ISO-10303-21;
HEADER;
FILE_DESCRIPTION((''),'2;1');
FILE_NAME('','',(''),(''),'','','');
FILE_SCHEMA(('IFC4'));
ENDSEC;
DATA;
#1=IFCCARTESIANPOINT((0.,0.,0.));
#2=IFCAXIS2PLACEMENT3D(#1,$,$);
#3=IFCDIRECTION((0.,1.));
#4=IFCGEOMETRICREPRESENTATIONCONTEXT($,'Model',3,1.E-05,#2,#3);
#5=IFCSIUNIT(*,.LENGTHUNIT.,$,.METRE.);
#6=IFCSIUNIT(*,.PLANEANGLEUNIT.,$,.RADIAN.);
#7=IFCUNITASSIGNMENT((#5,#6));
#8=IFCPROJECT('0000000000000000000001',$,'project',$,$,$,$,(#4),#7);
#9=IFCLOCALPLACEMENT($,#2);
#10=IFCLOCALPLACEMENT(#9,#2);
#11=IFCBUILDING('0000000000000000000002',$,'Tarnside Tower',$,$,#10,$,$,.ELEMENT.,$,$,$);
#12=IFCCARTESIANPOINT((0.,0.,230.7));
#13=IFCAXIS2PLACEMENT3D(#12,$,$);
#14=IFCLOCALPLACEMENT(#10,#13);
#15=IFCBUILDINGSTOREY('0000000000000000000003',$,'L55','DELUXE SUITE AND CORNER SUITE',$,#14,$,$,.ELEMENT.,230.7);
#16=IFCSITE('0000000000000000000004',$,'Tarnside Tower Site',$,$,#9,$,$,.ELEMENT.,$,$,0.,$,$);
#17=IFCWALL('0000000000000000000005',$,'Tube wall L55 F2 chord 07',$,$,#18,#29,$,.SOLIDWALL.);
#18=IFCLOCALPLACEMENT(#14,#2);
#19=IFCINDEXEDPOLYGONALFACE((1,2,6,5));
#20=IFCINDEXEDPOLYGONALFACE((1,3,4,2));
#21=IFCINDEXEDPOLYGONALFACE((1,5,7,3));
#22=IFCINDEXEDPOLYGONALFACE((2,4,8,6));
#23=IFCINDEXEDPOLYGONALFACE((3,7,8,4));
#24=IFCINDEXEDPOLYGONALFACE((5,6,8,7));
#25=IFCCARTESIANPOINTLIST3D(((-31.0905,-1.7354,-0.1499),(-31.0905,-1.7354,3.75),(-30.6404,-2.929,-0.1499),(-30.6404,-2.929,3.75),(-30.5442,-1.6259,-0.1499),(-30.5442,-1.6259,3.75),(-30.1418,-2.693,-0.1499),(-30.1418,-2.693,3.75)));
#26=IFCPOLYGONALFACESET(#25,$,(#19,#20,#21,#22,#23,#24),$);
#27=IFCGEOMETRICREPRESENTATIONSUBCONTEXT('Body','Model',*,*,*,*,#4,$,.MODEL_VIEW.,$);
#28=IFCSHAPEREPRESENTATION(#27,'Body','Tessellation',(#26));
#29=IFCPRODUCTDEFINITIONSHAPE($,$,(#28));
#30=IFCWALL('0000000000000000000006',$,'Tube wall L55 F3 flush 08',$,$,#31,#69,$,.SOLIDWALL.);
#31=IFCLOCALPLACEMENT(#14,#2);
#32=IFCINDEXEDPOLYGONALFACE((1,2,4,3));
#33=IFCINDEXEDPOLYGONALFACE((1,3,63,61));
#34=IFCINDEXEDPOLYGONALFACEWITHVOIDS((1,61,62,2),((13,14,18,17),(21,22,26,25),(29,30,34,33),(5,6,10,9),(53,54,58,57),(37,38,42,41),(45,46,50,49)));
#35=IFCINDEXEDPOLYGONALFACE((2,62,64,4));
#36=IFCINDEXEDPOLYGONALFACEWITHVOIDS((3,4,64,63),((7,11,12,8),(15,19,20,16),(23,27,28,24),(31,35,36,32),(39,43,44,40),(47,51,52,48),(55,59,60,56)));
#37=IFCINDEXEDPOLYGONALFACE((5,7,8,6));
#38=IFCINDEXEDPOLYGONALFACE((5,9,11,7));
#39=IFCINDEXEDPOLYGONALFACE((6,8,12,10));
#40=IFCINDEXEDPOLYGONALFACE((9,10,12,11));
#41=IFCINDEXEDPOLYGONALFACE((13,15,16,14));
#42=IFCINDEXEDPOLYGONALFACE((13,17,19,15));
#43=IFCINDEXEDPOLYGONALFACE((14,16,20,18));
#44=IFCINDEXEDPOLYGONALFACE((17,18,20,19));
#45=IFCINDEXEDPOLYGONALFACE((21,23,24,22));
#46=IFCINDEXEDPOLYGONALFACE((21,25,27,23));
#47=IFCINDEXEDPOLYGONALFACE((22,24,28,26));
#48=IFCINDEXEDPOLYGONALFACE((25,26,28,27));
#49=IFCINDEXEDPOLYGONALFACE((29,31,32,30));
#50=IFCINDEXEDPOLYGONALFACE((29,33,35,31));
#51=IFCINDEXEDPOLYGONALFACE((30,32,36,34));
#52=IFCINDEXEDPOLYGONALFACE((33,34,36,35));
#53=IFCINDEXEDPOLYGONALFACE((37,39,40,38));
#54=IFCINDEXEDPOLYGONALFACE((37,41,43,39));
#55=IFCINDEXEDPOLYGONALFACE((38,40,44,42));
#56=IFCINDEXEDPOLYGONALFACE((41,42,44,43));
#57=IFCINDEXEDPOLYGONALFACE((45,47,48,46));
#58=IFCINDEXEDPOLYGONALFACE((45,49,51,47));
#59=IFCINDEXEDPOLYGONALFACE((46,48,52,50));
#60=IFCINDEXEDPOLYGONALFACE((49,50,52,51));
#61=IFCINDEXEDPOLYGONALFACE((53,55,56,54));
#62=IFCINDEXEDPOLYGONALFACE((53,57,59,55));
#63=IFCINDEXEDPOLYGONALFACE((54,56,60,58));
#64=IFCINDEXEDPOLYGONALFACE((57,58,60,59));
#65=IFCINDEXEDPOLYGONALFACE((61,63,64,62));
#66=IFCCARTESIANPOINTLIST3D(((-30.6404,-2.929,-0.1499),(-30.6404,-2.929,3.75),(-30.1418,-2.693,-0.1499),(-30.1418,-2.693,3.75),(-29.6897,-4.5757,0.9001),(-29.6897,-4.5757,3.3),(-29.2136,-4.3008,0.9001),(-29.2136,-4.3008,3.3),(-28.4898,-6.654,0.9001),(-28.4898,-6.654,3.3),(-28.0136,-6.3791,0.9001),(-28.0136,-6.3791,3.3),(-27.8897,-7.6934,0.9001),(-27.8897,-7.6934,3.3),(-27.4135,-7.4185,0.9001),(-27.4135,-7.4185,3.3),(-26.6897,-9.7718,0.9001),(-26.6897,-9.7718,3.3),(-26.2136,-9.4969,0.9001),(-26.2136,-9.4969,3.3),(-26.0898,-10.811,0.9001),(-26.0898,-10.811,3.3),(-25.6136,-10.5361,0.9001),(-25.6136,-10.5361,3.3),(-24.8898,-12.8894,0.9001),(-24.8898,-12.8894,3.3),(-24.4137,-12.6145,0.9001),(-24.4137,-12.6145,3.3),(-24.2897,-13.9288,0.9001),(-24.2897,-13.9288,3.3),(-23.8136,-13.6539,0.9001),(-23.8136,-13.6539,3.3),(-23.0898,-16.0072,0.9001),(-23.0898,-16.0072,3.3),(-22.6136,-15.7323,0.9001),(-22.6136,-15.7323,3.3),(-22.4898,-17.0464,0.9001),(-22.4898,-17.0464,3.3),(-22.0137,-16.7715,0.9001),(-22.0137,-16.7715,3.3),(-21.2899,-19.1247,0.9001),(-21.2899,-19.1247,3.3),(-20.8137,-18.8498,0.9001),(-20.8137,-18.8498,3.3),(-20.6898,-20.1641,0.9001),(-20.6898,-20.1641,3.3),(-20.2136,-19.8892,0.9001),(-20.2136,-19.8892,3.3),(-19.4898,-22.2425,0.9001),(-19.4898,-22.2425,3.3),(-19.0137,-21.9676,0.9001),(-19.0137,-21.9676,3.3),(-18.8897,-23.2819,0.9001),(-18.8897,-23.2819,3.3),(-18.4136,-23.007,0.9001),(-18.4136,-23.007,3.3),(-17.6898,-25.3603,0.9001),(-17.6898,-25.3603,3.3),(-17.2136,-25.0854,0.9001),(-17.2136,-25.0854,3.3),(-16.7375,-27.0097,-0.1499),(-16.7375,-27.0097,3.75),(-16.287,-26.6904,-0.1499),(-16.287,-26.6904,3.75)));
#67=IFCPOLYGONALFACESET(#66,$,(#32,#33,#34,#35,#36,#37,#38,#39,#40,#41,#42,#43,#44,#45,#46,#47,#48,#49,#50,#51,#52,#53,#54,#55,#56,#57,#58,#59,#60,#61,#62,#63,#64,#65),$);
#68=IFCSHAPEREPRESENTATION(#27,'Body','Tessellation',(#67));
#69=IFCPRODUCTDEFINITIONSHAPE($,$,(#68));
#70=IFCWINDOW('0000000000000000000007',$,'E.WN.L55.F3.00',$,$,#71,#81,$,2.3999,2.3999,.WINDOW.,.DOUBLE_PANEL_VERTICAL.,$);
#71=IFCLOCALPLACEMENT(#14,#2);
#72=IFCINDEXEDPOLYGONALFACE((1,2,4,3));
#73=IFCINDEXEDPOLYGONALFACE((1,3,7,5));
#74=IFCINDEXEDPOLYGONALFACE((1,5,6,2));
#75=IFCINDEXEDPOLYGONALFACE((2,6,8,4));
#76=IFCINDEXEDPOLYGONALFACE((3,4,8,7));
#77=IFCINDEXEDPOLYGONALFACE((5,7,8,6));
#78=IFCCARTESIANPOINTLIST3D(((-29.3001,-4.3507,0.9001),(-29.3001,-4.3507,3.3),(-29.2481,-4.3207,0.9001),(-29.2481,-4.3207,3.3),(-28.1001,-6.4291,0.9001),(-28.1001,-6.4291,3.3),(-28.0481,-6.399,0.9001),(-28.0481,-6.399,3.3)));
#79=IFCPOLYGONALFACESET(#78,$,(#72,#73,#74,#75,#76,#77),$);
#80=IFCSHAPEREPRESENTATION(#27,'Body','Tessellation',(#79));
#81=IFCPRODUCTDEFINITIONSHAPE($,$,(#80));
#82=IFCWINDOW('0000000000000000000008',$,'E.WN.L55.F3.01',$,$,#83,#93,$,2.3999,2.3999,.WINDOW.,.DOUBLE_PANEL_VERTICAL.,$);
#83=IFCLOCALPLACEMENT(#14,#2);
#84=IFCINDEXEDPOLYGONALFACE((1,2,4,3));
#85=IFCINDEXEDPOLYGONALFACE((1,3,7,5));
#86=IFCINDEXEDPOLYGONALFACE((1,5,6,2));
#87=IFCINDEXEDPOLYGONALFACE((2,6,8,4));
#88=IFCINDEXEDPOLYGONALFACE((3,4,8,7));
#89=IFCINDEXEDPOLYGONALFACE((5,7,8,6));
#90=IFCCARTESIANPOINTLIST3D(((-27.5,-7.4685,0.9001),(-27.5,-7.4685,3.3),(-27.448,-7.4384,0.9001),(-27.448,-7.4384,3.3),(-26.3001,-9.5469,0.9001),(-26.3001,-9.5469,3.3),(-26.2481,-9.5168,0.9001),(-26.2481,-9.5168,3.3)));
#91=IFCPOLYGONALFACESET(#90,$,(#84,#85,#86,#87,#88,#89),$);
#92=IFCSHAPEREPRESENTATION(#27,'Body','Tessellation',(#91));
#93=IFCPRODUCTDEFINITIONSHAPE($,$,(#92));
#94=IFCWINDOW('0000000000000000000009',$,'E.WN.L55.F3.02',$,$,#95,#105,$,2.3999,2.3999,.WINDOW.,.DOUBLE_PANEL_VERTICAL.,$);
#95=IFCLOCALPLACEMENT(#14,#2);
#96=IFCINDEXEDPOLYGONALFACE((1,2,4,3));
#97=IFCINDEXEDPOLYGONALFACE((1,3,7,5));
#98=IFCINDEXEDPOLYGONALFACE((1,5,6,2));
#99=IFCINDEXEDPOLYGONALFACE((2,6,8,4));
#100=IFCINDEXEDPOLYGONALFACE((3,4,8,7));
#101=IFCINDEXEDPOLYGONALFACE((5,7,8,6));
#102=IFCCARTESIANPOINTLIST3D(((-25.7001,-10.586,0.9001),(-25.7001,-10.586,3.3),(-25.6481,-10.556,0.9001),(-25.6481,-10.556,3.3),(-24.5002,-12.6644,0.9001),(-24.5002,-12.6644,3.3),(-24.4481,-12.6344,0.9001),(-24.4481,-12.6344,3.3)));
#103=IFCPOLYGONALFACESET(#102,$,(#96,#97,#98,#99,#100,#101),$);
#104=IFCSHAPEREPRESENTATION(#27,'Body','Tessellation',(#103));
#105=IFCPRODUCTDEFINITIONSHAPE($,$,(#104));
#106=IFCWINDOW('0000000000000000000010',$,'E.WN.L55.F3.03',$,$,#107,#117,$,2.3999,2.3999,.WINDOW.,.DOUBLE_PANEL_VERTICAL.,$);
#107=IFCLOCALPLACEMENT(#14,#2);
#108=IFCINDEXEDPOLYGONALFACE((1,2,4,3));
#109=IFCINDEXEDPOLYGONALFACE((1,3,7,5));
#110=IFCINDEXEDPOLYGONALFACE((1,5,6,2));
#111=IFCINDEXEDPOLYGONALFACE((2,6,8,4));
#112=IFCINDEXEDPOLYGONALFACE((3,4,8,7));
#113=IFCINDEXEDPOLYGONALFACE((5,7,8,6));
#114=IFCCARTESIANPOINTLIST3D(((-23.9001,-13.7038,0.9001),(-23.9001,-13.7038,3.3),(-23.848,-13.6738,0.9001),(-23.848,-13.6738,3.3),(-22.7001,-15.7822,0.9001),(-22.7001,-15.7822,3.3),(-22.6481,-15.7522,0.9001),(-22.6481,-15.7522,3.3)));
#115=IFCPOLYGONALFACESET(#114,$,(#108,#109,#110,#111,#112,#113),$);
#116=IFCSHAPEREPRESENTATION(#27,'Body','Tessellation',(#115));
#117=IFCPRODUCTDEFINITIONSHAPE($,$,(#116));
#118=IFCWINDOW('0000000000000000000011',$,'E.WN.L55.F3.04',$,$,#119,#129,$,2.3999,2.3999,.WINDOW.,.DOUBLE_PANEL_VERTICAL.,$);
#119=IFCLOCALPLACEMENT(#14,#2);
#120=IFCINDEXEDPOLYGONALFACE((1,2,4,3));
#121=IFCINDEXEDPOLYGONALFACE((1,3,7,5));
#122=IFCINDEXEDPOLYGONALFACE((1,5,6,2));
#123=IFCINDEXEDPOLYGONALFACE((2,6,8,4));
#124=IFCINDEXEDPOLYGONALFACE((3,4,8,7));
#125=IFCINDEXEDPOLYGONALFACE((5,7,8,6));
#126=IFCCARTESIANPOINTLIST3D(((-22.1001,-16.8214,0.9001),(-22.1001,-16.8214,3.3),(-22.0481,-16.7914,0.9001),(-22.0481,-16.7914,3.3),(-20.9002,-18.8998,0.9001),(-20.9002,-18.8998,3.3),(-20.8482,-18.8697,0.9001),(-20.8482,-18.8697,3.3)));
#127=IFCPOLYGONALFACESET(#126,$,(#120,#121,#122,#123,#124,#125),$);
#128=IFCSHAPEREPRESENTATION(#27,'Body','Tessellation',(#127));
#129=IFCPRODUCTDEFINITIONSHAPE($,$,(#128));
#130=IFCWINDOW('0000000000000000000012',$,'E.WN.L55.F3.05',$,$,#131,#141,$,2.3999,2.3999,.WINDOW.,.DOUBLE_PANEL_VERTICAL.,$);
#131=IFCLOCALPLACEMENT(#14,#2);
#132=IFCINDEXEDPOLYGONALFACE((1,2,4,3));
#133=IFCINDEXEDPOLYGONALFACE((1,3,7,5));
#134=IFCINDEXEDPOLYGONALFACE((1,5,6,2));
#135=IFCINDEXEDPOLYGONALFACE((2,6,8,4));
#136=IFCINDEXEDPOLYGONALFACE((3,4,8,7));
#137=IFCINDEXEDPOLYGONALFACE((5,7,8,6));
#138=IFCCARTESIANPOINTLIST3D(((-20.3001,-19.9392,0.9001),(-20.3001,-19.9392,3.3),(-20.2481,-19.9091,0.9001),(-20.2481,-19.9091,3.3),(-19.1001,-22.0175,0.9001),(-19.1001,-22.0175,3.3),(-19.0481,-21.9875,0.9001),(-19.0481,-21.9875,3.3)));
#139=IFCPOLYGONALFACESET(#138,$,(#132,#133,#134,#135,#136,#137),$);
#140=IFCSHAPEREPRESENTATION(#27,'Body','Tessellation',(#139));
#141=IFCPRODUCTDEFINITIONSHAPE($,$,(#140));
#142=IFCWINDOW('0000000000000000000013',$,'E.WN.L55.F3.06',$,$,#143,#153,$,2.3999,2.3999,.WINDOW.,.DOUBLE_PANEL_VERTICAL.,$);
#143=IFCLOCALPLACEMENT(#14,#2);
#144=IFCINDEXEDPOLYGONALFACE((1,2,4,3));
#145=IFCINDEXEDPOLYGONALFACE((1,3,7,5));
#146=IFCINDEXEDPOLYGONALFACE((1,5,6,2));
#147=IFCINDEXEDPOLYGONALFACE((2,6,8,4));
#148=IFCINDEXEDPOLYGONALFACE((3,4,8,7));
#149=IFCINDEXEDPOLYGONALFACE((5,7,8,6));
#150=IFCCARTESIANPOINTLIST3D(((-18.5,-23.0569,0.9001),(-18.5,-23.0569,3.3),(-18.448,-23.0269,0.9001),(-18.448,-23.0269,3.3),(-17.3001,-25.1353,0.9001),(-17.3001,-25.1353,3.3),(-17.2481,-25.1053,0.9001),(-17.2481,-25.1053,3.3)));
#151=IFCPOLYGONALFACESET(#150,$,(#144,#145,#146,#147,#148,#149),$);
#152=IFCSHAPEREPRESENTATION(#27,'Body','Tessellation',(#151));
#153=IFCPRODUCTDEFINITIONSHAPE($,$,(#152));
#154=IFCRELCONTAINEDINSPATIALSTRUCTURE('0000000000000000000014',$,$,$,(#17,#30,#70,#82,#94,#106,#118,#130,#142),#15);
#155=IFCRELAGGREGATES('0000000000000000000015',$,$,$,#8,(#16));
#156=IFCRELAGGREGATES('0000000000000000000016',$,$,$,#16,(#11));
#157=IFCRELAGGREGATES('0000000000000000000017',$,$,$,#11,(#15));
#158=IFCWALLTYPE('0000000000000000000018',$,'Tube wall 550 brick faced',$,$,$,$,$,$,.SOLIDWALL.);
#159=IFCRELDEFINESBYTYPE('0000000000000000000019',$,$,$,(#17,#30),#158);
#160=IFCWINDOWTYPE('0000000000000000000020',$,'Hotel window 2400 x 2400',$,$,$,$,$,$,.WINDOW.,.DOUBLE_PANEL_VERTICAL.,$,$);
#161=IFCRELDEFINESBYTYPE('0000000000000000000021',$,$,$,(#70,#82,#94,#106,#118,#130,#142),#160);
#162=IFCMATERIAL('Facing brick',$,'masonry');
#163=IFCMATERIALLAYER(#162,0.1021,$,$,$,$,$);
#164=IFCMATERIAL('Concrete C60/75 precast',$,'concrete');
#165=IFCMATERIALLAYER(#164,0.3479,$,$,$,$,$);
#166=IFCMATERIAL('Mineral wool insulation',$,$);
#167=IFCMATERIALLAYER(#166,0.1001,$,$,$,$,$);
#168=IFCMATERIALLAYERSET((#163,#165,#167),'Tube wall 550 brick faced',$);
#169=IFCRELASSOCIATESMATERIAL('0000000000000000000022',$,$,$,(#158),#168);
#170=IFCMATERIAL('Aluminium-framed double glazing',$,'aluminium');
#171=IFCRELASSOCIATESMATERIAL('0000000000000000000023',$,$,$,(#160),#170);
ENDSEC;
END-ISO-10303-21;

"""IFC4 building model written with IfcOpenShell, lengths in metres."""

from ifc_helpers import new_model, si_unit, direction, frame, frame_2d, origin, place, context, subcontext, project, spatial, polyline, rectangle, outline, extrude, material, layer, layer_set, type_object, element, fill, save


model = new_model("IFC4")

# Units and contexts
model_context = context("Model", 3, precision=1e-05, world=origin(), true_north=direction((0.0, 1.0)))
body_context = subcontext(model_context, "Body", "Model", "MODEL_VIEW")
ifc_project = project(units=[si_unit("LENGTHUNIT", "METRE"), si_unit("PLANEANGLEUNIT", "RADIAN")], contexts=[model_context])

# Site, building, storey
site_placement = place(None, origin())
site = spatial("IfcSite", under=ifc_project, at=site_placement, Name="Tarnside Tower Site", CompositionType="ELEMENT", RefElevation=0.0)
building_placement = place(site_placement, origin())
building = spatial("IfcBuilding", under=site, at=building_placement, Name="Tarnside Tower", CompositionType="ELEMENT")
storey_placement = place(building_placement, frame((0.0, 0.0, 230.7)))
storey = spatial("IfcBuildingStorey", under=building, at=storey_placement, Name="L55", Description="DELUXE SUITE AND CORNER SUITE", CompositionType="ELEMENT", Elevation=230.7)

# Wall
ifc_material_1 = material(Name="Facing brick", Category="masonry")
ifc_layer_1 = layer(ifc_material_1, 0.1021)
ifc_material_2 = material(Name="Concrete C60/75 precast", Category="concrete")
ifc_layer_2 = layer(ifc_material_2, 0.3479)
ifc_material_3 = material(Name="Mineral wool insulation")
ifc_layer_3 = layer(ifc_material_3, 0.1001)
ifc_layer_set_1 = layer_set([ifc_layer_1, ifc_layer_2, ifc_layer_3], Name="Tube wall 550 brick faced")
wall_type_1 = type_object("IfcWallType", Name="Tube wall 550 brick faced", PredefinedType="SOLIDWALL", material=ifc_layer_set_1)
wall_1_placement = place(storey_placement, frame((-30.8174, -1.6807, -0.1499), z_axis=(0.0, 0.0, 1.0), x_axis=(0.35285, -0.93568, 0.0)))
element("IfcWall", 1, at=wall_1_placement, inside=storey, type_object=wall_type_1, Name="Tube wall L55 F2 chord 07", PredefinedType="SOLIDWALL", context=body_context, shape_type="SweptSolid", body=[
    extrude(outline(polyline([(-0.0452, -0.2749), (1.2305, -0.2749), (1.1855, 0.2749), (0.0452, 0.2749), (-0.0452, -0.2749)])), origin(), (0.0, 0.0, 1.0), 3.8999),
])

# Wall, openings, windows
wall_2_placement = place(storey_placement, frame((-30.3911, -2.811, -0.1499), z_axis=(0.0, 0.0, 1.0), x_axis=(0.499999, -0.866026, 0.0)))
wall_2 = element("IfcWall", 2, at=wall_2_placement, inside=storey, type_object=wall_type_1, Name="Tube wall L55 F3 flush 08", PredefinedType="SOLIDWALL", context=body_context, shape_type="SweptSolid", body=[
    extrude(outline(polyline([(-0.0225, -0.2749), (27.7834, -0.2749), (27.7322, 0.2749), (0.0225, 0.2749), (-0.0225, -0.2749)])), origin(), (0.0, 0.0, 1.0), 3.8999),
])
opening_1_placement = place(wall_2_placement, frame((1.8789, 0.0, 1.05)))
opening_1 = element("IfcOpeningElement", 3, at=opening_1_placement, cuts=wall_2, PredefinedType="OPENING", context=body_context, shape_type="SweptSolid", body=[
    extrude(rectangle(XDim=2.3999, YDim=2.3999, at=frame_2d((1.2, 1.2))), frame((0.0, 0.2852, 0.0), z_axis=(0.0, -1.0, 0.0), x_axis=(1.0, 0.0, 0.0)), (0.0, 0.0, 1.0), 0.5701),
])
opening_2_placement = place(wall_2_placement, frame((5.479, 0.0, 1.05)))
opening_2 = element("IfcOpeningElement", 4, at=opening_2_placement, cuts=wall_2, PredefinedType="OPENING", context=body_context, shape_type="SweptSolid", body=[
    extrude(rectangle(XDim=2.3999, YDim=2.3999, at=frame_2d((1.2, 1.2))), frame((0.0, 0.2852, 0.0), z_axis=(0.0, -1.0, 0.0), x_axis=(1.0, 0.0, 0.0)), (0.0, 0.0, 1.0), 0.5701),
])
opening_3_placement = place(wall_2_placement, frame((9.0789, 0.0, 1.05)))
opening_3 = element("IfcOpeningElement", 5, at=opening_3_placement, cuts=wall_2, PredefinedType="OPENING", context=body_context, shape_type="SweptSolid", body=[
    extrude(rectangle(XDim=2.3999, YDim=2.3999, at=frame_2d((1.2, 1.2))), frame((0.0, 0.2852, 0.0), z_axis=(0.0, -1.0, 0.0), x_axis=(1.0, 0.0, 0.0)), (0.0, 0.0, 1.0), 0.5701),
])
opening_4_placement = place(wall_2_placement, frame((12.679, 0.0, 1.05)))
opening_4 = element("IfcOpeningElement", 6, at=opening_4_placement, cuts=wall_2, PredefinedType="OPENING", context=body_context, shape_type="SweptSolid", body=[
    extrude(rectangle(XDim=2.3999, YDim=2.3999, at=frame_2d((1.2, 1.2))), frame((0.0, 0.2852, 0.0), z_axis=(0.0, -1.0, 0.0), x_axis=(1.0, 0.0, 0.0)), (0.0, 0.0, 1.0), 0.5701),
])
opening_5_placement = place(wall_2_placement, frame((16.2788, 0.0, 1.05)))
opening_5 = element("IfcOpeningElement", 7, at=opening_5_placement, cuts=wall_2, PredefinedType="OPENING", context=body_context, shape_type="SweptSolid", body=[
    extrude(rectangle(XDim=2.3999, YDim=2.3999, at=frame_2d((1.2, 1.2))), frame((0.0, 0.2852, 0.0), z_axis=(0.0, -1.0, 0.0), x_axis=(1.0, 0.0, 0.0)), (0.0, 0.0, 1.0), 0.5701),
])
opening_6_placement = place(wall_2_placement, frame((19.8789, 0.0, 1.05)))
opening_6 = element("IfcOpeningElement", 8, at=opening_6_placement, cuts=wall_2, PredefinedType="OPENING", context=body_context, shape_type="SweptSolid", body=[
    extrude(rectangle(XDim=2.3999, YDim=2.3999, at=frame_2d((1.2, 1.2))), frame((0.0, 0.2852, 0.0), z_axis=(0.0, -1.0, 0.0), x_axis=(1.0, 0.0, 0.0)), (0.0, 0.0, 1.0), 0.5701),
])
opening_7_placement = place(wall_2_placement, frame((23.479, 0.0, 1.05)))
opening_7 = element("IfcOpeningElement", 9, at=opening_7_placement, cuts=wall_2, PredefinedType="OPENING", context=body_context, shape_type="SweptSolid", body=[
    extrude(rectangle(XDim=2.3999, YDim=2.3999, at=frame_2d((1.2, 1.2))), frame((0.0, 0.2852, 0.0), z_axis=(0.0, -1.0, 0.0), x_axis=(1.0, 0.0, 0.0)), (0.0, 0.0, 1.0), 0.5701),
])
ifc_material_4 = material(Name="Aluminium-framed double glazing", Category="aluminium")
window_type = type_object("IfcWindowType", Name="Hotel window 2400 x 2400", PartitioningType="DOUBLE_PANEL_VERTICAL", PredefinedType="WINDOW", material=ifc_material_4)
window_1_placement = place(opening_1_placement, frame((0.0, 0.2051, 0.0)))
window_1 = element("IfcWindow", 10, at=window_1_placement, inside=storey, type_object=window_type, Name="E.WN.L55.F3.00", OverallHeight=2.3999, OverallWidth=2.3999, PartitioningType="DOUBLE_PANEL_VERTICAL", PredefinedType="WINDOW", context=body_context, shape_type="SweptSolid", body=[
    extrude(rectangle(XDim=2.3999, YDim=2.3999, at=frame_2d((1.2, 1.2))), frame((0.0, 0.03, 0.0), z_axis=(0.0, -1.0, 0.0), x_axis=(1.0, 0.0, 0.0)), (0.0, 0.0, 1.0), 0.0601),
])
fill(opening_1, window_1)
window_2_placement = place(opening_2_placement, frame((0.0, 0.2051, 0.0)))
window_2 = element("IfcWindow", 11, at=window_2_placement, inside=storey, type_object=window_type, Name="E.WN.L55.F3.01", OverallHeight=2.3999, OverallWidth=2.3999, PartitioningType="DOUBLE_PANEL_VERTICAL", PredefinedType="WINDOW", context=body_context, shape_type="SweptSolid", body=[
    extrude(rectangle(XDim=2.3999, YDim=2.3999, at=frame_2d((1.2, 1.2))), frame((0.0, 0.03, 0.0), z_axis=(0.0, -1.0, 0.0), x_axis=(1.0, 0.0, 0.0)), (0.0, 0.0, 1.0), 0.0601),
])
fill(opening_2, window_2)
window_3_placement = place(opening_3_placement, frame((0.0, 0.2051, 0.0)))
window_3 = element("IfcWindow", 12, at=window_3_placement, inside=storey, type_object=window_type, Name="E.WN.L55.F3.02", OverallHeight=2.3999, OverallWidth=2.3999, PartitioningType="DOUBLE_PANEL_VERTICAL", PredefinedType="WINDOW", context=body_context, shape_type="SweptSolid", body=[
    extrude(rectangle(XDim=2.3999, YDim=2.3999, at=frame_2d((1.2, 1.2))), frame((0.0, 0.03, 0.0), z_axis=(0.0, -1.0, 0.0), x_axis=(1.0, 0.0, 0.0)), (0.0, 0.0, 1.0), 0.0601),
])
fill(opening_3, window_3)
window_4_placement = place(opening_4_placement, frame((0.0, 0.2051, 0.0)))
window_4 = element("IfcWindow", 13, at=window_4_placement, inside=storey, type_object=window_type, Name="E.WN.L55.F3.03", OverallHeight=2.3999, OverallWidth=2.3999, PartitioningType="DOUBLE_PANEL_VERTICAL", PredefinedType="WINDOW", context=body_context, shape_type="SweptSolid", body=[
    extrude(rectangle(XDim=2.3999, YDim=2.3999, at=frame_2d((1.2, 1.2))), frame((0.0, 0.03, 0.0), z_axis=(0.0, -1.0, 0.0), x_axis=(1.0, 0.0, 0.0)), (0.0, 0.0, 1.0), 0.0601),
])
fill(opening_4, window_4)
window_5_placement = place(opening_5_placement, frame((0.0, 0.2051, 0.0)))
window_5 = element("IfcWindow", 14, at=window_5_placement, inside=storey, type_object=window_type, Name="E.WN.L55.F3.04", OverallHeight=2.3999, OverallWidth=2.3999, PartitioningType="DOUBLE_PANEL_VERTICAL", PredefinedType="WINDOW", context=body_context, shape_type="SweptSolid", body=[
    extrude(rectangle(XDim=2.3999, YDim=2.3999, at=frame_2d((1.2, 1.2))), frame((0.0, 0.03, 0.0), z_axis=(0.0, -1.0, 0.0), x_axis=(1.0, 0.0, 0.0)), (0.0, 0.0, 1.0), 0.0601),
])
fill(opening_5, window_5)
window_6_placement = place(opening_6_placement, frame((0.0, 0.2051, 0.0)))
window_6 = element("IfcWindow", 15, at=window_6_placement, inside=storey, type_object=window_type, Name="E.WN.L55.F3.05", OverallHeight=2.3999, OverallWidth=2.3999, PartitioningType="DOUBLE_PANEL_VERTICAL", PredefinedType="WINDOW", context=body_context, shape_type="SweptSolid", body=[
    extrude(rectangle(XDim=2.3999, YDim=2.3999, at=frame_2d((1.2, 1.2))), frame((0.0, 0.03, 0.0), z_axis=(0.0, -1.0, 0.0), x_axis=(1.0, 0.0, 0.0)), (0.0, 0.0, 1.0), 0.0601),
])
fill(opening_6, window_6)
window_7_placement = place(opening_7_placement, frame((0.0, 0.2051, 0.0)))
window_7 = element("IfcWindow", 16, at=window_7_placement, inside=storey, type_object=window_type, Name="E.WN.L55.F3.06", OverallHeight=2.3999, OverallWidth=2.3999, PartitioningType="DOUBLE_PANEL_VERTICAL", PredefinedType="WINDOW", context=body_context, shape_type="SweptSolid", body=[
    extrude(rectangle(XDim=2.3999, YDim=2.3999, at=frame_2d((1.2, 1.2))), frame((0.0, 0.03, 0.0), z_axis=(0.0, -1.0, 0.0), x_axis=(1.0, 0.0, 0.0)), (0.0, 0.0, 1.0), 0.0601),
])
fill(opening_7, window_7)

save(model, "model.ifc")
